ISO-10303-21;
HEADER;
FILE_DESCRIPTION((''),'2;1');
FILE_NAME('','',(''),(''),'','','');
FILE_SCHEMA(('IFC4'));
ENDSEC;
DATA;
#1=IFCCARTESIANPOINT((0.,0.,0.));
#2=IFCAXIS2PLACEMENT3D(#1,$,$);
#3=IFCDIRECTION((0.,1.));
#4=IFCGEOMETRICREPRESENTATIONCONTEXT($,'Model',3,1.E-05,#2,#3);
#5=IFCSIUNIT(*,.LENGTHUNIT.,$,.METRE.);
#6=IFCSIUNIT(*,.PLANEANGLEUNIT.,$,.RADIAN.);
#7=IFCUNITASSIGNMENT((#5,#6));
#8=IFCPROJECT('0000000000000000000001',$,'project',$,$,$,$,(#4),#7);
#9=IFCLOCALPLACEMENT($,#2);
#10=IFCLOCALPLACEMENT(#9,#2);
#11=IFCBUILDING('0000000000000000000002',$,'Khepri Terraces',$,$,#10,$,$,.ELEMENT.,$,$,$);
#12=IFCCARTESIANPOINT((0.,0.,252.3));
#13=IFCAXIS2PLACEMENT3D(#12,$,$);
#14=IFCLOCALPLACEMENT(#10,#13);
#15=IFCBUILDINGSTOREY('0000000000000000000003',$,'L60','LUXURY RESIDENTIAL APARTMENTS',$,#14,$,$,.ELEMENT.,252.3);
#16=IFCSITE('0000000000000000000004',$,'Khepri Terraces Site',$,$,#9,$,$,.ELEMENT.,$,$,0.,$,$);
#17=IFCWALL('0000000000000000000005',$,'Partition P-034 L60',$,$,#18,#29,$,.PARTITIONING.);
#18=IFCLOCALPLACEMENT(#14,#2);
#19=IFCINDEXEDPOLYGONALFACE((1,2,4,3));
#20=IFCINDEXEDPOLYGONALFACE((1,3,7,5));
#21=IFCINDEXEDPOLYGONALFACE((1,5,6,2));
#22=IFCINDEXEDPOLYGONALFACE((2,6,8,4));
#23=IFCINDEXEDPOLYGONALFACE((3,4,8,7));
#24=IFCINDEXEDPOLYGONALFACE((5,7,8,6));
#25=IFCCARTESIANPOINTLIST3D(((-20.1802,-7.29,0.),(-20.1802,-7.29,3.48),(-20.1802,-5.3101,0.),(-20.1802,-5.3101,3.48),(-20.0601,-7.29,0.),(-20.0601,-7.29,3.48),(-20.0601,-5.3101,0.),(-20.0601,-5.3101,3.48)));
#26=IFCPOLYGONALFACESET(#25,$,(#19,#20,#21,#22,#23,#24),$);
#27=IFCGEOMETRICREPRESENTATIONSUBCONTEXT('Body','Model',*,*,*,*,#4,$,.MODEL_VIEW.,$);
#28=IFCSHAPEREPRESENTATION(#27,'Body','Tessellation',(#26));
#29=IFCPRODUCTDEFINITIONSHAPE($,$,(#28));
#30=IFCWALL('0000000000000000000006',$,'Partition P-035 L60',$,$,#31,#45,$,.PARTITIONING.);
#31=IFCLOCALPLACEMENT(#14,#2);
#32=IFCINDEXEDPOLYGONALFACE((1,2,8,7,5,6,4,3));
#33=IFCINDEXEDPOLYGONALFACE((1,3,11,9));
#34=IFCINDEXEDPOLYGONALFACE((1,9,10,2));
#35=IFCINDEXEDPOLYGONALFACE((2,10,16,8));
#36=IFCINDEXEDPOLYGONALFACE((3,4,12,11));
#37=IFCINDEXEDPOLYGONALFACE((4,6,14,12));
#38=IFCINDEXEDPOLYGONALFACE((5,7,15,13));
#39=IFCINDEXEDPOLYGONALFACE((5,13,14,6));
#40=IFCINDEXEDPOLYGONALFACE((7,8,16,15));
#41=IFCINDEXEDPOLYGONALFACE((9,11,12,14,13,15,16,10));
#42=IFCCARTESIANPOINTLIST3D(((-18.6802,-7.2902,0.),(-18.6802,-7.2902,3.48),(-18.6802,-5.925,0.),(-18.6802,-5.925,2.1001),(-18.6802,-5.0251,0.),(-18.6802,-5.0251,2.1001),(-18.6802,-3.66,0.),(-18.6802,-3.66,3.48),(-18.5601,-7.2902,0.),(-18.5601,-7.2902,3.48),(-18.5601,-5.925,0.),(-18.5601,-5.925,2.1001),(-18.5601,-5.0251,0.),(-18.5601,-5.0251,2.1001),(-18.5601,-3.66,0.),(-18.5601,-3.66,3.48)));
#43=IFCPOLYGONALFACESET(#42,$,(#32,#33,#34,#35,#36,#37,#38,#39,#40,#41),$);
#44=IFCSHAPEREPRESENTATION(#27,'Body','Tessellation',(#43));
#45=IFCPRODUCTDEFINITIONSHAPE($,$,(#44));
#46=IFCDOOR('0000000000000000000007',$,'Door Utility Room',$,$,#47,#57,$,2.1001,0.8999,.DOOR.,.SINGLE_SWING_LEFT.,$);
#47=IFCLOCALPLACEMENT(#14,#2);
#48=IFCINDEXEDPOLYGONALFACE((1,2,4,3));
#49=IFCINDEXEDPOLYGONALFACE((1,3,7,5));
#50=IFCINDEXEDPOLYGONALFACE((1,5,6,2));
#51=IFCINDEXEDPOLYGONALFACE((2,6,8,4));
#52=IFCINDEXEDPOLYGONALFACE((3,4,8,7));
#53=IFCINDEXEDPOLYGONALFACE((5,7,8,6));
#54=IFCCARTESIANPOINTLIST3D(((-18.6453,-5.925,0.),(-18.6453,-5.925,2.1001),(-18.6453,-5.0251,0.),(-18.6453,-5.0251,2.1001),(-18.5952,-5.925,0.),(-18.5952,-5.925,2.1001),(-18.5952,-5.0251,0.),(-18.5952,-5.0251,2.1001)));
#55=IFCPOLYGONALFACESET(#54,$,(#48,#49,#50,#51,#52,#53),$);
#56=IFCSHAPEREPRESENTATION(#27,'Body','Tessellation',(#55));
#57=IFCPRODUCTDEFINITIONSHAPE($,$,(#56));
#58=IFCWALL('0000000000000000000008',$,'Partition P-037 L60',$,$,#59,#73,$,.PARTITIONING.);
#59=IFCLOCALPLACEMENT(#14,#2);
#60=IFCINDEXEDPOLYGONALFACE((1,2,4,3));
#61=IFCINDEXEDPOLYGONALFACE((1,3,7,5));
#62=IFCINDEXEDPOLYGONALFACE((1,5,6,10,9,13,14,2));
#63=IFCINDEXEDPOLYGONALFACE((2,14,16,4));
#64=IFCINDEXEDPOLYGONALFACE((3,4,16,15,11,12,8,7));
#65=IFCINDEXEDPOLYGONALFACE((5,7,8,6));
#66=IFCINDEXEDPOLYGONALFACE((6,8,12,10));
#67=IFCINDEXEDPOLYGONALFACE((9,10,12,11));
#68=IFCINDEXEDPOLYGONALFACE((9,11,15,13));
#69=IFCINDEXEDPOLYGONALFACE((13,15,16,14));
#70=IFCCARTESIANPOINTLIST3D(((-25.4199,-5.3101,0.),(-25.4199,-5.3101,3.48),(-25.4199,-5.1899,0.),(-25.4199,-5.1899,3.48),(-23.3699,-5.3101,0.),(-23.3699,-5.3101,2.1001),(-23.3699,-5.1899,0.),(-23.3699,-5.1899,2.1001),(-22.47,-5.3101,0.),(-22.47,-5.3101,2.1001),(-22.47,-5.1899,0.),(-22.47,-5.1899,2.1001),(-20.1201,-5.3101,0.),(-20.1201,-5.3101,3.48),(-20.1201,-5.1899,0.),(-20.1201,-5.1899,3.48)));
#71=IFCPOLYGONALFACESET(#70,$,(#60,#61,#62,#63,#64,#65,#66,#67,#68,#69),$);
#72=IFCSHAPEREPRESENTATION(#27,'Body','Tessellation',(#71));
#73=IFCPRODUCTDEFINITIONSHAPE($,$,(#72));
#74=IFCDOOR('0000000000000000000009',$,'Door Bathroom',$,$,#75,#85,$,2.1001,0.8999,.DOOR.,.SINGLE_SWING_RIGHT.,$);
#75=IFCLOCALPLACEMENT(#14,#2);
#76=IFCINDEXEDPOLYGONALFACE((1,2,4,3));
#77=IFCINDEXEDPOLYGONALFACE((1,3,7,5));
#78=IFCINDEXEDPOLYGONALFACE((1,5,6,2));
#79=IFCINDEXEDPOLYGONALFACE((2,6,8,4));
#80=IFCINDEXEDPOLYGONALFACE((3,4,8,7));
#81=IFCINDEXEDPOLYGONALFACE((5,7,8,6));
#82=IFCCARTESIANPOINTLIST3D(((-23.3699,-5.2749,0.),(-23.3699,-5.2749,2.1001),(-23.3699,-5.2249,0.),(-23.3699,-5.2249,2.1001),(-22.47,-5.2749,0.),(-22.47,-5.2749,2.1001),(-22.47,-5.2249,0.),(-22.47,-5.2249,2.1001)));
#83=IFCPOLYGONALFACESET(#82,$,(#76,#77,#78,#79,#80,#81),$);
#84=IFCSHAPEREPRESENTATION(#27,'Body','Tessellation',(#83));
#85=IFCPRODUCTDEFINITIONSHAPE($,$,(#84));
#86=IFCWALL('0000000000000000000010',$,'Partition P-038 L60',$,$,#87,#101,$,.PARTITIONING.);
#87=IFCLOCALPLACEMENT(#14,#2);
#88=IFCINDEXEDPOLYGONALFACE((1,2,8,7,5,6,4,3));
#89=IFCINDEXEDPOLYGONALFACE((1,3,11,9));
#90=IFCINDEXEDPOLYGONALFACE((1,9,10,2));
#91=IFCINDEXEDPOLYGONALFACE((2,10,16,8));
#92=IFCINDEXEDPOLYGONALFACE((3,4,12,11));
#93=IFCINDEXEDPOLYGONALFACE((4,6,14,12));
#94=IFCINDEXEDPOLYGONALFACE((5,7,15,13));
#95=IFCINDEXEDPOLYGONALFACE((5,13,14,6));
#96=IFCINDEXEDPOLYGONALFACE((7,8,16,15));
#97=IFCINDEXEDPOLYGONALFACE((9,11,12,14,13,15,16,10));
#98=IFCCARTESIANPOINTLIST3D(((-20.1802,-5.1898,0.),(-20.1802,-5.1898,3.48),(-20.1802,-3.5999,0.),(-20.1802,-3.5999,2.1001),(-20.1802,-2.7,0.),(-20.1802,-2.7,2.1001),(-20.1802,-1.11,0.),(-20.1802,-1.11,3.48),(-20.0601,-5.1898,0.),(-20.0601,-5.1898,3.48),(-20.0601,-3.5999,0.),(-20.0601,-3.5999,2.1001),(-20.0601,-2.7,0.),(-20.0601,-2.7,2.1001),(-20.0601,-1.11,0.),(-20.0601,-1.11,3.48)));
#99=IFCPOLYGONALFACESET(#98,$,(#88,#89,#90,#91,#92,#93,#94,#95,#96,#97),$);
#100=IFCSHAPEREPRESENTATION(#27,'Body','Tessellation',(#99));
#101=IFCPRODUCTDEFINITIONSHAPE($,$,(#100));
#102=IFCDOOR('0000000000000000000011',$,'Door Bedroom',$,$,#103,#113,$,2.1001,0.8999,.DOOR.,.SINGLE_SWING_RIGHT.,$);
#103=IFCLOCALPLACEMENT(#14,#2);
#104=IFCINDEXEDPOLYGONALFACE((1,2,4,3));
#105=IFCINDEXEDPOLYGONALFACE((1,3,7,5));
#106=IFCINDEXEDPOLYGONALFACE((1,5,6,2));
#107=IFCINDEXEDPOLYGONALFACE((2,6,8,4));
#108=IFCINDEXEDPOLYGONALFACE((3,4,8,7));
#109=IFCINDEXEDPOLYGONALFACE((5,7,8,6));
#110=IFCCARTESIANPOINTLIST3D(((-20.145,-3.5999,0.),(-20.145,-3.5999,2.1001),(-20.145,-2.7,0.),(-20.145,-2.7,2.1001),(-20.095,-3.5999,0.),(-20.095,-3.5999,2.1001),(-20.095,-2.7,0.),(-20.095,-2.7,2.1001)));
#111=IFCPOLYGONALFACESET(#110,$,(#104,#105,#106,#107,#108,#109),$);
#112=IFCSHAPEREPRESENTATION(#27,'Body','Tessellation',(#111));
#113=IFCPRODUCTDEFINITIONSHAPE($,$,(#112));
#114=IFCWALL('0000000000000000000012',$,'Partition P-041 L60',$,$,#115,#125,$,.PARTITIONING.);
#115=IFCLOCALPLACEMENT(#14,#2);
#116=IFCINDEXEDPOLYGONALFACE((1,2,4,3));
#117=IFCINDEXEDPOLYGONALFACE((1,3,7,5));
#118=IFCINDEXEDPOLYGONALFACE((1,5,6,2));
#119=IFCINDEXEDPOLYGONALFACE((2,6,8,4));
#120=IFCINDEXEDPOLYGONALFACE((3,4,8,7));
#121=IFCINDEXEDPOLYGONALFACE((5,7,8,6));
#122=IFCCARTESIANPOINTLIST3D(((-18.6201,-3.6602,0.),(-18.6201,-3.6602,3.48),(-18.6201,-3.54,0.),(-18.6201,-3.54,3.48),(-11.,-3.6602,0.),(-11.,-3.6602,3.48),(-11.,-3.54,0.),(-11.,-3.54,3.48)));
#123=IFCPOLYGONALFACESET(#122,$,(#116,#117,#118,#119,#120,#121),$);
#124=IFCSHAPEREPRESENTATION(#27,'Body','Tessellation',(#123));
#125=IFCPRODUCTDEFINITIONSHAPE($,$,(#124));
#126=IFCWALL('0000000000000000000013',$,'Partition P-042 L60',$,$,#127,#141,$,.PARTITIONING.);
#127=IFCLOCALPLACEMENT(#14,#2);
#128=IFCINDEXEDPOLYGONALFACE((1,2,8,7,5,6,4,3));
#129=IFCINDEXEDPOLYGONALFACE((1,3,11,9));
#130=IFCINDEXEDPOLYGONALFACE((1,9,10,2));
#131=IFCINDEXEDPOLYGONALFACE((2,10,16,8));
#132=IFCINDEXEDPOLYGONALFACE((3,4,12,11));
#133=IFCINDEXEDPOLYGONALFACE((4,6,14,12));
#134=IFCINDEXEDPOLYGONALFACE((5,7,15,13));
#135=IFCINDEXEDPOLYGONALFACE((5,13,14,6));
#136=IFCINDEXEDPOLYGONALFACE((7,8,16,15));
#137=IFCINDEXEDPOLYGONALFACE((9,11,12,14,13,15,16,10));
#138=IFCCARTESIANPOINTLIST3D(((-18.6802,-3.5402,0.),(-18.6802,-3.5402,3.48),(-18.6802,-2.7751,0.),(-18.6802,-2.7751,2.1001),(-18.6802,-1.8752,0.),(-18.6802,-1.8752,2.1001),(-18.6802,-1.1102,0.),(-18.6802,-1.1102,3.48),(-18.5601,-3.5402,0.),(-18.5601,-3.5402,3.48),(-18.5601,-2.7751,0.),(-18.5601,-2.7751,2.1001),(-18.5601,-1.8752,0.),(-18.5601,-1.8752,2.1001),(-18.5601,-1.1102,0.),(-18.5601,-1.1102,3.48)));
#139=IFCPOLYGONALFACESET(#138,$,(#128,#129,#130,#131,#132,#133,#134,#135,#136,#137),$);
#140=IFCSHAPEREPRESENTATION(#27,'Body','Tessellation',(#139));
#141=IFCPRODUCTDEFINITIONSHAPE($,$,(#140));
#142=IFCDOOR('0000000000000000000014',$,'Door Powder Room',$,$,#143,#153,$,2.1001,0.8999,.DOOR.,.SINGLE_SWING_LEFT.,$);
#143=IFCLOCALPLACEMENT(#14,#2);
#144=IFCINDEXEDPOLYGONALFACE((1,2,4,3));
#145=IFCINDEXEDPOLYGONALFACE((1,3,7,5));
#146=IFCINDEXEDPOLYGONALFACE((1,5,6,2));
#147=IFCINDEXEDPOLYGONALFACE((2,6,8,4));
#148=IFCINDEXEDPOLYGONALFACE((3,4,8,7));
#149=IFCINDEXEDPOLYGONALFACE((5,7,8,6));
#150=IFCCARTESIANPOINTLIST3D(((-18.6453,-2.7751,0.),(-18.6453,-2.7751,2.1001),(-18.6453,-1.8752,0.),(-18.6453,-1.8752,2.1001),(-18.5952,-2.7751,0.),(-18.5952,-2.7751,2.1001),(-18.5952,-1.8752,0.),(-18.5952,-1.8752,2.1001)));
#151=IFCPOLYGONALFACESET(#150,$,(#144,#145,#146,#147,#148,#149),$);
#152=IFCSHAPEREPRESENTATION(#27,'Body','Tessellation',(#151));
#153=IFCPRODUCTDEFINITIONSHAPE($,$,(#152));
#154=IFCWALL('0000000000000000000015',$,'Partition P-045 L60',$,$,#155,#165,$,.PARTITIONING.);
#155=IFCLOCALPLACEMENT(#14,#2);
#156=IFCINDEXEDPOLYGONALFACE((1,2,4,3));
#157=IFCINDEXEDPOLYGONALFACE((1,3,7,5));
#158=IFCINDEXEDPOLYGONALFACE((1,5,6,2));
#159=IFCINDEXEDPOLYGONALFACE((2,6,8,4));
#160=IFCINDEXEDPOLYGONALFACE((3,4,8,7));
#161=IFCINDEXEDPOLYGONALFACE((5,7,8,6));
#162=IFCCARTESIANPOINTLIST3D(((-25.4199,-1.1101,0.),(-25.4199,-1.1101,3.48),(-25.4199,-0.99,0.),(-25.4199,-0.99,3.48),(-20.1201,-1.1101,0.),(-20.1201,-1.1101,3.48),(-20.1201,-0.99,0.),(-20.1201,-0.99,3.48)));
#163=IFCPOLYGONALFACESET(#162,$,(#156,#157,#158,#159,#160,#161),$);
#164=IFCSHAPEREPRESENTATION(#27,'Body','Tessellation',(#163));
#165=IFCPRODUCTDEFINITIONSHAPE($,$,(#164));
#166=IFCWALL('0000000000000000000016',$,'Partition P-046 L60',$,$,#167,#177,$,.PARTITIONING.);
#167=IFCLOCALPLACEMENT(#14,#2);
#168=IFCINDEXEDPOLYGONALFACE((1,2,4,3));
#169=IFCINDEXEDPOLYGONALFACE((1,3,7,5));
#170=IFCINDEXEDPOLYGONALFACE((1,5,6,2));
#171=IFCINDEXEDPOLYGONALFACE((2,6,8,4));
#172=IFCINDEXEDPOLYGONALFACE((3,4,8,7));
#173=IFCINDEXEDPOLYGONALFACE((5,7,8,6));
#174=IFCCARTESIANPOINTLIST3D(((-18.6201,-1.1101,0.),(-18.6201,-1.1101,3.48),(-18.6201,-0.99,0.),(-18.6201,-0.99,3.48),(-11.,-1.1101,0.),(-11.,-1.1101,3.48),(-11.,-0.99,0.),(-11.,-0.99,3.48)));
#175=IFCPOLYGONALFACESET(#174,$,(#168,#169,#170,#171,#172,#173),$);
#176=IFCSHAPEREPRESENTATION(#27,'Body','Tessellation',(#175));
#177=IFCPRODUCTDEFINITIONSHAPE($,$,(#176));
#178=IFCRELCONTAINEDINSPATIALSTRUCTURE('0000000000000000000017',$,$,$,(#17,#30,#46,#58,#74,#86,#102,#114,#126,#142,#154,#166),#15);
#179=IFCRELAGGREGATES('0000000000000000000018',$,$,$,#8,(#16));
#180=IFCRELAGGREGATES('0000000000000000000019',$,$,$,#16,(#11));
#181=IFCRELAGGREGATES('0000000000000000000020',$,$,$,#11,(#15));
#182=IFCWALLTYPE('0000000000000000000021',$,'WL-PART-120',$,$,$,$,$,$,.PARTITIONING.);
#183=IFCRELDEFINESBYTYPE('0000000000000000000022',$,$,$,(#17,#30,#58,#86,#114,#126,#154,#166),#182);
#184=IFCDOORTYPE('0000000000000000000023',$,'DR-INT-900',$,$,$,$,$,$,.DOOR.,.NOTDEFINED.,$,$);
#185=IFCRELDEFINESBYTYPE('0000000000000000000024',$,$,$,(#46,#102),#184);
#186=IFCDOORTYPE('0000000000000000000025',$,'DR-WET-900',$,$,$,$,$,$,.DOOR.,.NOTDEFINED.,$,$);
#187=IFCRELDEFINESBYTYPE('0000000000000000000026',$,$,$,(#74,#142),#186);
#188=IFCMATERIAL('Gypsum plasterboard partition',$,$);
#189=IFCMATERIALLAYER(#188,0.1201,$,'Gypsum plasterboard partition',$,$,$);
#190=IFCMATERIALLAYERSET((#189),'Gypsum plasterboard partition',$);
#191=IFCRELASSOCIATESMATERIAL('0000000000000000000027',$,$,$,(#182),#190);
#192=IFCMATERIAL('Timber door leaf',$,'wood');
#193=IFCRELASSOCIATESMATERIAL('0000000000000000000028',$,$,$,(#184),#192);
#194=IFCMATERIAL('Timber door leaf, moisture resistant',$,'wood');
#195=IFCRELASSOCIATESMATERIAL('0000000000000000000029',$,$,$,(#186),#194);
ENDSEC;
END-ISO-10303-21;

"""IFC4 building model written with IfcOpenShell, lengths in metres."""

from ifc_helpers import new_model, si_unit, direction, frame, frame_2d, origin, place, context, subcontext, project, spatial, rectangle, extrude, material, layer, layer_set, type_object, element, fill, save


model = new_model("IFC4")

# Units and contexts
model_context = context("Model", 3, precision=1e-05, world=origin(), true_north=direction((0.0, 1.0)))
body_context = subcontext(model_context, "Body", "Model", "MODEL_VIEW")
ifc_project = project(units=[si_unit("LENGTHUNIT", "METRE"), si_unit("PLANEANGLEUNIT", "RADIAN")], contexts=[model_context])

# Site, building, storey
site_placement = place(None, origin())
site = spatial("IfcSite", under=ifc_project, at=site_placement, Name="Khepri Terraces Site", CompositionType="ELEMENT", RefElevation=0.0)
building_placement = place(site_placement, origin())
building = spatial("IfcBuilding", under=site, at=building_placement, Name="Khepri Terraces", CompositionType="ELEMENT")
storey_placement = place(building_placement, frame((0.0, 0.0, 252.3)))
storey = spatial("IfcBuildingStorey", under=building, at=storey_placement, Name="L60", Description="LUXURY RESIDENTIAL APARTMENTS", CompositionType="ELEMENT", Elevation=252.3)

# Wall
ifc_material_1 = material(Name="Gypsum plasterboard partition")
ifc_layer_1 = layer(ifc_material_1, 0.1201, Name="Gypsum plasterboard partition")
ifc_layer_set_1 = layer_set([ifc_layer_1], Name="Gypsum plasterboard partition")
wall_type_1 = type_object("IfcWallType", Name="WL-PART-120", PredefinedType="PARTITIONING", material=ifc_layer_set_1)
wall_1_placement = place(storey_placement, frame((-20.1201, -7.29, 0.0), z_axis=(0.0, 0.0, 1.0), x_axis=(0.0, 1.0, 0.0)))
element("IfcWall", 1, at=wall_1_placement, inside=storey, type_object=wall_type_1, Name="Partition P-034 L60", PredefinedType="PARTITIONING", context=body_context, shape_type="SweptSolid", body=[
    extrude(rectangle(XDim=1.98, YDim=0.1201, at=frame_2d((0.99, 0.0))), origin(), (0.0, 0.0, 1.0), 3.48),
])

# Walls, openings, doors
wall_2_placement = place(storey_placement, frame((-18.6201, -7.29, 0.0), z_axis=(0.0, 0.0, 1.0), x_axis=(0.0, 1.0, 0.0)))
wall_2 = element("IfcWall", 2, at=wall_2_placement, inside=storey, type_object=wall_type_1, Name="Partition P-035 L60", PredefinedType="PARTITIONING", context=body_context, shape_type="SweptSolid", body=[
    extrude(rectangle(XDim=3.6301, YDim=0.1201, at=frame_2d((1.8149, 0.0))), origin(), (0.0, 0.0, 1.0), 3.48),
])
opening_1_placement = place(wall_2_placement, frame((1.365, 0.0, 0.0)))
opening_1 = element("IfcOpeningElement", 3, at=opening_1_placement, cuts=wall_2, PredefinedType="OPENING", context=body_context, shape_type="SweptSolid", body=[
    extrude(rectangle(XDim=0.8999, YDim=2.1001, at=frame_2d((0.45, 1.05))), frame((0.0, 0.0701, 0.0), z_axis=(0.0, -1.0, 0.0), x_axis=(1.0, 0.0, 0.0)), (0.0, 0.0, 1.0), 0.1401),
])
ifc_material_2 = material(Name="Timber door leaf", Category="wood")
door_type_1 = type_object("IfcDoorType", Name="DR-INT-900", OperationType="NOTDEFINED", PredefinedType="DOOR", material=ifc_material_2)
door_1_placement = place(opening_1_placement, frame((0.8999, 0.0, 0.0), z_axis=(0.0, 0.0, 1.0), x_axis=(-1.0, 0.0, 0.0)))
door_1 = element("IfcDoor", 4, at=door_1_placement, inside=storey, type_object=door_type_1, Name="Door Utility Room", OperationType="SINGLE_SWING_LEFT", OverallHeight=2.1001, OverallWidth=0.8999, PredefinedType="DOOR", context=body_context, shape_type="SweptSolid", body=[
    extrude(rectangle(XDim=0.8999, YDim=2.1001, at=frame_2d((0.45, 1.05))), frame((0.0, 0.0249, 0.0), z_axis=(0.0, -1.0, 0.0), x_axis=(1.0, 0.0, 0.0)), (0.0, 0.0, 1.0), 0.05),
])
fill(opening_1, door_1)
wall_3_placement = place(storey_placement, frame((-25.4199, -5.25, 0.0), z_axis=(0.0, 0.0, 1.0), x_axis=(1.0, 0.0, 0.0)))
wall_3 = element("IfcWall", 5, at=wall_3_placement, inside=storey, type_object=wall_type_1, Name="Partition P-037 L60", PredefinedType="PARTITIONING", context=body_context, shape_type="SweptSolid", body=[
    extrude(rectangle(XDim=5.2998, YDim=0.1201, at=frame_2d((2.6499, 0.0))), origin(), (0.0, 0.0, 1.0), 3.48),
])
opening_2_placement = place(wall_3_placement, frame((2.05, 0.0, 0.0)))
opening_2 = element("IfcOpeningElement", 6, at=opening_2_placement, cuts=wall_3, PredefinedType="OPENING", context=body_context, shape_type="SweptSolid", body=[
    extrude(rectangle(XDim=0.8999, YDim=2.1001, at=frame_2d((0.45, 1.05))), frame((0.0, 0.0701, 0.0), z_axis=(0.0, -1.0, 0.0), x_axis=(1.0, 0.0, 0.0)), (0.0, 0.0, 1.0), 0.1401),
])
ifc_material_3 = material(Name="Timber door leaf, moisture resistant", Category="wood")
door_type_2 = type_object("IfcDoorType", Name="DR-WET-900", OperationType="NOTDEFINED", PredefinedType="DOOR", material=ifc_material_3)
door_2_placement = place(opening_2_placement, frame((0.8999, 0.0, 0.0), z_axis=(0.0, 0.0, 1.0), x_axis=(-1.0, 0.0, 0.0)))
door_2 = element("IfcDoor", 7, at=door_2_placement, inside=storey, type_object=door_type_2, Name="Door Bathroom", OperationType="SINGLE_SWING_RIGHT", OverallHeight=2.1001, OverallWidth=0.8999, PredefinedType="DOOR", context=body_context, shape_type="SweptSolid", body=[
    extrude(rectangle(XDim=0.8999, YDim=2.1001, at=frame_2d((0.45, 1.05))), frame((0.0, 0.0249, 0.0), z_axis=(0.0, -1.0, 0.0), x_axis=(1.0, 0.0, 0.0)), (0.0, 0.0, 1.0), 0.05),
])
fill(opening_2, door_2)
wall_4_placement = place(storey_placement, frame((-20.1201, -5.1899, 0.0), z_axis=(0.0, 0.0, 1.0), x_axis=(0.0, 1.0, 0.0)))
wall_4 = element("IfcWall", 8, at=wall_4_placement, inside=storey, type_object=wall_type_1, Name="Partition P-038 L60", PredefinedType="PARTITIONING", context=body_context, shape_type="SweptSolid", body=[
    extrude(rectangle(XDim=4.0798, YDim=0.1201, at=frame_2d((2.04, 0.0))), origin(), (0.0, 0.0, 1.0), 3.48),
])
opening_3_placement = place(wall_4_placement, frame((1.5901, 0.0, 0.0)))
opening_3 = element("IfcOpeningElement", 9, at=opening_3_placement, cuts=wall_4, PredefinedType="OPENING", context=body_context, shape_type="SweptSolid", body=[
    extrude(rectangle(XDim=0.8999, YDim=2.1001, at=frame_2d((0.45, 1.05))), frame((0.0, 0.0701, 0.0), z_axis=(0.0, -1.0, 0.0), x_axis=(1.0, 0.0, 0.0)), (0.0, 0.0, 1.0), 0.1401),
])
door_3_placement = place(opening_3_placement, origin())
door_3 = element("IfcDoor", 10, at=door_3_placement, inside=storey, type_object=door_type_1, Name="Door Bedroom", OperationType="SINGLE_SWING_RIGHT", OverallHeight=2.1001, OverallWidth=0.8999, PredefinedType="DOOR", context=body_context, shape_type="SweptSolid", body=[
    extrude(rectangle(XDim=0.8999, YDim=2.1001, at=frame_2d((0.45, 1.05))), frame((0.0, 0.0249, 0.0), z_axis=(0.0, -1.0, 0.0), x_axis=(1.0, 0.0, 0.0)), (0.0, 0.0, 1.0), 0.05),
])
fill(opening_3, door_3)

# Wall
wall_5_placement = place(storey_placement, frame((-18.6201, -3.6001, 0.0), z_axis=(0.0, 0.0, 1.0), x_axis=(1.0, 0.0, 0.0)))
element("IfcWall", 11, at=wall_5_placement, inside=storey, type_object=wall_type_1, Name="Partition P-041 L60", PredefinedType="PARTITIONING", context=body_context, shape_type="SweptSolid", body=[
    extrude(rectangle(XDim=7.6201, YDim=0.1201, at=frame_2d((3.8101, 0.0))), origin(), (0.0, 0.0, 1.0), 3.48),
])

# Wall, opening, door
wall_6_placement = place(storey_placement, frame((-18.6201, -3.54, 0.0), z_axis=(0.0, 0.0, 1.0), x_axis=(0.0, 1.0, 0.0)))
wall_6 = element("IfcWall", 12, at=wall_6_placement, inside=storey, type_object=wall_type_1, Name="Partition P-042 L60", PredefinedType="PARTITIONING", context=body_context, shape_type="SweptSolid", body=[
    extrude(rectangle(XDim=2.4299, YDim=0.1201, at=frame_2d((1.2148, 0.0))), origin(), (0.0, 0.0, 1.0), 3.48),
])
opening_4_placement = place(wall_6_placement, frame((0.7649, 0.0, 0.0)))
opening_4 = element("IfcOpeningElement", 13, at=opening_4_placement, cuts=wall_6, PredefinedType="OPENING", context=body_context, shape_type="SweptSolid", body=[
    extrude(rectangle(XDim=0.8999, YDim=2.1001, at=frame_2d((0.45, 1.05))), frame((0.0, 0.0701, 0.0), z_axis=(0.0, -1.0, 0.0), x_axis=(1.0, 0.0, 0.0)), (0.0, 0.0, 1.0), 0.1401),
])
door_4_placement = place(opening_4_placement, frame((0.8999, 0.0, 0.0), z_axis=(0.0, 0.0, 1.0), x_axis=(-1.0, 0.0, 0.0)))
door_4 = element("IfcDoor", 14, at=door_4_placement, inside=storey, type_object=door_type_2, Name="Door Powder Room", OperationType="SINGLE_SWING_LEFT", OverallHeight=2.1001, OverallWidth=0.8999, PredefinedType="DOOR", context=body_context, shape_type="SweptSolid", body=[
    extrude(rectangle(XDim=0.8999, YDim=2.1001, at=frame_2d((0.45, 1.05))), frame((0.0, 0.0249, 0.0), z_axis=(0.0, -1.0, 0.0), x_axis=(1.0, 0.0, 0.0)), (0.0, 0.0, 1.0), 0.05),
])
fill(opening_4, door_4)

# Walls
wall_7_placement = place(storey_placement, frame((-25.4199, -1.05, 0.0), z_axis=(0.0, 0.0, 1.0), x_axis=(1.0, 0.0, 0.0)))
element("IfcWall", 15, at=wall_7_placement, inside=storey, type_object=wall_type_1, Name="Partition P-045 L60", PredefinedType="PARTITIONING", context=body_context, shape_type="SweptSolid", body=[
    extrude(rectangle(XDim=5.2998, YDim=0.1201, at=frame_2d((2.6499, 0.0))), origin(), (0.0, 0.0, 1.0), 3.48),
])
wall_8_placement = place(storey_placement, frame((-18.6201, -1.05, 0.0), z_axis=(0.0, 0.0, 1.0), x_axis=(1.0, 0.0, 0.0)))
element("IfcWall", 16, at=wall_8_placement, inside=storey, type_object=wall_type_1, Name="Partition P-046 L60", PredefinedType="PARTITIONING", context=body_context, shape_type="SweptSolid", body=[
    extrude(rectangle(XDim=7.6201, YDim=0.1201, at=frame_2d((3.8101, 0.0))), origin(), (0.0, 0.0, 1.0), 3.48),
])

save(model, "model.ifc")
